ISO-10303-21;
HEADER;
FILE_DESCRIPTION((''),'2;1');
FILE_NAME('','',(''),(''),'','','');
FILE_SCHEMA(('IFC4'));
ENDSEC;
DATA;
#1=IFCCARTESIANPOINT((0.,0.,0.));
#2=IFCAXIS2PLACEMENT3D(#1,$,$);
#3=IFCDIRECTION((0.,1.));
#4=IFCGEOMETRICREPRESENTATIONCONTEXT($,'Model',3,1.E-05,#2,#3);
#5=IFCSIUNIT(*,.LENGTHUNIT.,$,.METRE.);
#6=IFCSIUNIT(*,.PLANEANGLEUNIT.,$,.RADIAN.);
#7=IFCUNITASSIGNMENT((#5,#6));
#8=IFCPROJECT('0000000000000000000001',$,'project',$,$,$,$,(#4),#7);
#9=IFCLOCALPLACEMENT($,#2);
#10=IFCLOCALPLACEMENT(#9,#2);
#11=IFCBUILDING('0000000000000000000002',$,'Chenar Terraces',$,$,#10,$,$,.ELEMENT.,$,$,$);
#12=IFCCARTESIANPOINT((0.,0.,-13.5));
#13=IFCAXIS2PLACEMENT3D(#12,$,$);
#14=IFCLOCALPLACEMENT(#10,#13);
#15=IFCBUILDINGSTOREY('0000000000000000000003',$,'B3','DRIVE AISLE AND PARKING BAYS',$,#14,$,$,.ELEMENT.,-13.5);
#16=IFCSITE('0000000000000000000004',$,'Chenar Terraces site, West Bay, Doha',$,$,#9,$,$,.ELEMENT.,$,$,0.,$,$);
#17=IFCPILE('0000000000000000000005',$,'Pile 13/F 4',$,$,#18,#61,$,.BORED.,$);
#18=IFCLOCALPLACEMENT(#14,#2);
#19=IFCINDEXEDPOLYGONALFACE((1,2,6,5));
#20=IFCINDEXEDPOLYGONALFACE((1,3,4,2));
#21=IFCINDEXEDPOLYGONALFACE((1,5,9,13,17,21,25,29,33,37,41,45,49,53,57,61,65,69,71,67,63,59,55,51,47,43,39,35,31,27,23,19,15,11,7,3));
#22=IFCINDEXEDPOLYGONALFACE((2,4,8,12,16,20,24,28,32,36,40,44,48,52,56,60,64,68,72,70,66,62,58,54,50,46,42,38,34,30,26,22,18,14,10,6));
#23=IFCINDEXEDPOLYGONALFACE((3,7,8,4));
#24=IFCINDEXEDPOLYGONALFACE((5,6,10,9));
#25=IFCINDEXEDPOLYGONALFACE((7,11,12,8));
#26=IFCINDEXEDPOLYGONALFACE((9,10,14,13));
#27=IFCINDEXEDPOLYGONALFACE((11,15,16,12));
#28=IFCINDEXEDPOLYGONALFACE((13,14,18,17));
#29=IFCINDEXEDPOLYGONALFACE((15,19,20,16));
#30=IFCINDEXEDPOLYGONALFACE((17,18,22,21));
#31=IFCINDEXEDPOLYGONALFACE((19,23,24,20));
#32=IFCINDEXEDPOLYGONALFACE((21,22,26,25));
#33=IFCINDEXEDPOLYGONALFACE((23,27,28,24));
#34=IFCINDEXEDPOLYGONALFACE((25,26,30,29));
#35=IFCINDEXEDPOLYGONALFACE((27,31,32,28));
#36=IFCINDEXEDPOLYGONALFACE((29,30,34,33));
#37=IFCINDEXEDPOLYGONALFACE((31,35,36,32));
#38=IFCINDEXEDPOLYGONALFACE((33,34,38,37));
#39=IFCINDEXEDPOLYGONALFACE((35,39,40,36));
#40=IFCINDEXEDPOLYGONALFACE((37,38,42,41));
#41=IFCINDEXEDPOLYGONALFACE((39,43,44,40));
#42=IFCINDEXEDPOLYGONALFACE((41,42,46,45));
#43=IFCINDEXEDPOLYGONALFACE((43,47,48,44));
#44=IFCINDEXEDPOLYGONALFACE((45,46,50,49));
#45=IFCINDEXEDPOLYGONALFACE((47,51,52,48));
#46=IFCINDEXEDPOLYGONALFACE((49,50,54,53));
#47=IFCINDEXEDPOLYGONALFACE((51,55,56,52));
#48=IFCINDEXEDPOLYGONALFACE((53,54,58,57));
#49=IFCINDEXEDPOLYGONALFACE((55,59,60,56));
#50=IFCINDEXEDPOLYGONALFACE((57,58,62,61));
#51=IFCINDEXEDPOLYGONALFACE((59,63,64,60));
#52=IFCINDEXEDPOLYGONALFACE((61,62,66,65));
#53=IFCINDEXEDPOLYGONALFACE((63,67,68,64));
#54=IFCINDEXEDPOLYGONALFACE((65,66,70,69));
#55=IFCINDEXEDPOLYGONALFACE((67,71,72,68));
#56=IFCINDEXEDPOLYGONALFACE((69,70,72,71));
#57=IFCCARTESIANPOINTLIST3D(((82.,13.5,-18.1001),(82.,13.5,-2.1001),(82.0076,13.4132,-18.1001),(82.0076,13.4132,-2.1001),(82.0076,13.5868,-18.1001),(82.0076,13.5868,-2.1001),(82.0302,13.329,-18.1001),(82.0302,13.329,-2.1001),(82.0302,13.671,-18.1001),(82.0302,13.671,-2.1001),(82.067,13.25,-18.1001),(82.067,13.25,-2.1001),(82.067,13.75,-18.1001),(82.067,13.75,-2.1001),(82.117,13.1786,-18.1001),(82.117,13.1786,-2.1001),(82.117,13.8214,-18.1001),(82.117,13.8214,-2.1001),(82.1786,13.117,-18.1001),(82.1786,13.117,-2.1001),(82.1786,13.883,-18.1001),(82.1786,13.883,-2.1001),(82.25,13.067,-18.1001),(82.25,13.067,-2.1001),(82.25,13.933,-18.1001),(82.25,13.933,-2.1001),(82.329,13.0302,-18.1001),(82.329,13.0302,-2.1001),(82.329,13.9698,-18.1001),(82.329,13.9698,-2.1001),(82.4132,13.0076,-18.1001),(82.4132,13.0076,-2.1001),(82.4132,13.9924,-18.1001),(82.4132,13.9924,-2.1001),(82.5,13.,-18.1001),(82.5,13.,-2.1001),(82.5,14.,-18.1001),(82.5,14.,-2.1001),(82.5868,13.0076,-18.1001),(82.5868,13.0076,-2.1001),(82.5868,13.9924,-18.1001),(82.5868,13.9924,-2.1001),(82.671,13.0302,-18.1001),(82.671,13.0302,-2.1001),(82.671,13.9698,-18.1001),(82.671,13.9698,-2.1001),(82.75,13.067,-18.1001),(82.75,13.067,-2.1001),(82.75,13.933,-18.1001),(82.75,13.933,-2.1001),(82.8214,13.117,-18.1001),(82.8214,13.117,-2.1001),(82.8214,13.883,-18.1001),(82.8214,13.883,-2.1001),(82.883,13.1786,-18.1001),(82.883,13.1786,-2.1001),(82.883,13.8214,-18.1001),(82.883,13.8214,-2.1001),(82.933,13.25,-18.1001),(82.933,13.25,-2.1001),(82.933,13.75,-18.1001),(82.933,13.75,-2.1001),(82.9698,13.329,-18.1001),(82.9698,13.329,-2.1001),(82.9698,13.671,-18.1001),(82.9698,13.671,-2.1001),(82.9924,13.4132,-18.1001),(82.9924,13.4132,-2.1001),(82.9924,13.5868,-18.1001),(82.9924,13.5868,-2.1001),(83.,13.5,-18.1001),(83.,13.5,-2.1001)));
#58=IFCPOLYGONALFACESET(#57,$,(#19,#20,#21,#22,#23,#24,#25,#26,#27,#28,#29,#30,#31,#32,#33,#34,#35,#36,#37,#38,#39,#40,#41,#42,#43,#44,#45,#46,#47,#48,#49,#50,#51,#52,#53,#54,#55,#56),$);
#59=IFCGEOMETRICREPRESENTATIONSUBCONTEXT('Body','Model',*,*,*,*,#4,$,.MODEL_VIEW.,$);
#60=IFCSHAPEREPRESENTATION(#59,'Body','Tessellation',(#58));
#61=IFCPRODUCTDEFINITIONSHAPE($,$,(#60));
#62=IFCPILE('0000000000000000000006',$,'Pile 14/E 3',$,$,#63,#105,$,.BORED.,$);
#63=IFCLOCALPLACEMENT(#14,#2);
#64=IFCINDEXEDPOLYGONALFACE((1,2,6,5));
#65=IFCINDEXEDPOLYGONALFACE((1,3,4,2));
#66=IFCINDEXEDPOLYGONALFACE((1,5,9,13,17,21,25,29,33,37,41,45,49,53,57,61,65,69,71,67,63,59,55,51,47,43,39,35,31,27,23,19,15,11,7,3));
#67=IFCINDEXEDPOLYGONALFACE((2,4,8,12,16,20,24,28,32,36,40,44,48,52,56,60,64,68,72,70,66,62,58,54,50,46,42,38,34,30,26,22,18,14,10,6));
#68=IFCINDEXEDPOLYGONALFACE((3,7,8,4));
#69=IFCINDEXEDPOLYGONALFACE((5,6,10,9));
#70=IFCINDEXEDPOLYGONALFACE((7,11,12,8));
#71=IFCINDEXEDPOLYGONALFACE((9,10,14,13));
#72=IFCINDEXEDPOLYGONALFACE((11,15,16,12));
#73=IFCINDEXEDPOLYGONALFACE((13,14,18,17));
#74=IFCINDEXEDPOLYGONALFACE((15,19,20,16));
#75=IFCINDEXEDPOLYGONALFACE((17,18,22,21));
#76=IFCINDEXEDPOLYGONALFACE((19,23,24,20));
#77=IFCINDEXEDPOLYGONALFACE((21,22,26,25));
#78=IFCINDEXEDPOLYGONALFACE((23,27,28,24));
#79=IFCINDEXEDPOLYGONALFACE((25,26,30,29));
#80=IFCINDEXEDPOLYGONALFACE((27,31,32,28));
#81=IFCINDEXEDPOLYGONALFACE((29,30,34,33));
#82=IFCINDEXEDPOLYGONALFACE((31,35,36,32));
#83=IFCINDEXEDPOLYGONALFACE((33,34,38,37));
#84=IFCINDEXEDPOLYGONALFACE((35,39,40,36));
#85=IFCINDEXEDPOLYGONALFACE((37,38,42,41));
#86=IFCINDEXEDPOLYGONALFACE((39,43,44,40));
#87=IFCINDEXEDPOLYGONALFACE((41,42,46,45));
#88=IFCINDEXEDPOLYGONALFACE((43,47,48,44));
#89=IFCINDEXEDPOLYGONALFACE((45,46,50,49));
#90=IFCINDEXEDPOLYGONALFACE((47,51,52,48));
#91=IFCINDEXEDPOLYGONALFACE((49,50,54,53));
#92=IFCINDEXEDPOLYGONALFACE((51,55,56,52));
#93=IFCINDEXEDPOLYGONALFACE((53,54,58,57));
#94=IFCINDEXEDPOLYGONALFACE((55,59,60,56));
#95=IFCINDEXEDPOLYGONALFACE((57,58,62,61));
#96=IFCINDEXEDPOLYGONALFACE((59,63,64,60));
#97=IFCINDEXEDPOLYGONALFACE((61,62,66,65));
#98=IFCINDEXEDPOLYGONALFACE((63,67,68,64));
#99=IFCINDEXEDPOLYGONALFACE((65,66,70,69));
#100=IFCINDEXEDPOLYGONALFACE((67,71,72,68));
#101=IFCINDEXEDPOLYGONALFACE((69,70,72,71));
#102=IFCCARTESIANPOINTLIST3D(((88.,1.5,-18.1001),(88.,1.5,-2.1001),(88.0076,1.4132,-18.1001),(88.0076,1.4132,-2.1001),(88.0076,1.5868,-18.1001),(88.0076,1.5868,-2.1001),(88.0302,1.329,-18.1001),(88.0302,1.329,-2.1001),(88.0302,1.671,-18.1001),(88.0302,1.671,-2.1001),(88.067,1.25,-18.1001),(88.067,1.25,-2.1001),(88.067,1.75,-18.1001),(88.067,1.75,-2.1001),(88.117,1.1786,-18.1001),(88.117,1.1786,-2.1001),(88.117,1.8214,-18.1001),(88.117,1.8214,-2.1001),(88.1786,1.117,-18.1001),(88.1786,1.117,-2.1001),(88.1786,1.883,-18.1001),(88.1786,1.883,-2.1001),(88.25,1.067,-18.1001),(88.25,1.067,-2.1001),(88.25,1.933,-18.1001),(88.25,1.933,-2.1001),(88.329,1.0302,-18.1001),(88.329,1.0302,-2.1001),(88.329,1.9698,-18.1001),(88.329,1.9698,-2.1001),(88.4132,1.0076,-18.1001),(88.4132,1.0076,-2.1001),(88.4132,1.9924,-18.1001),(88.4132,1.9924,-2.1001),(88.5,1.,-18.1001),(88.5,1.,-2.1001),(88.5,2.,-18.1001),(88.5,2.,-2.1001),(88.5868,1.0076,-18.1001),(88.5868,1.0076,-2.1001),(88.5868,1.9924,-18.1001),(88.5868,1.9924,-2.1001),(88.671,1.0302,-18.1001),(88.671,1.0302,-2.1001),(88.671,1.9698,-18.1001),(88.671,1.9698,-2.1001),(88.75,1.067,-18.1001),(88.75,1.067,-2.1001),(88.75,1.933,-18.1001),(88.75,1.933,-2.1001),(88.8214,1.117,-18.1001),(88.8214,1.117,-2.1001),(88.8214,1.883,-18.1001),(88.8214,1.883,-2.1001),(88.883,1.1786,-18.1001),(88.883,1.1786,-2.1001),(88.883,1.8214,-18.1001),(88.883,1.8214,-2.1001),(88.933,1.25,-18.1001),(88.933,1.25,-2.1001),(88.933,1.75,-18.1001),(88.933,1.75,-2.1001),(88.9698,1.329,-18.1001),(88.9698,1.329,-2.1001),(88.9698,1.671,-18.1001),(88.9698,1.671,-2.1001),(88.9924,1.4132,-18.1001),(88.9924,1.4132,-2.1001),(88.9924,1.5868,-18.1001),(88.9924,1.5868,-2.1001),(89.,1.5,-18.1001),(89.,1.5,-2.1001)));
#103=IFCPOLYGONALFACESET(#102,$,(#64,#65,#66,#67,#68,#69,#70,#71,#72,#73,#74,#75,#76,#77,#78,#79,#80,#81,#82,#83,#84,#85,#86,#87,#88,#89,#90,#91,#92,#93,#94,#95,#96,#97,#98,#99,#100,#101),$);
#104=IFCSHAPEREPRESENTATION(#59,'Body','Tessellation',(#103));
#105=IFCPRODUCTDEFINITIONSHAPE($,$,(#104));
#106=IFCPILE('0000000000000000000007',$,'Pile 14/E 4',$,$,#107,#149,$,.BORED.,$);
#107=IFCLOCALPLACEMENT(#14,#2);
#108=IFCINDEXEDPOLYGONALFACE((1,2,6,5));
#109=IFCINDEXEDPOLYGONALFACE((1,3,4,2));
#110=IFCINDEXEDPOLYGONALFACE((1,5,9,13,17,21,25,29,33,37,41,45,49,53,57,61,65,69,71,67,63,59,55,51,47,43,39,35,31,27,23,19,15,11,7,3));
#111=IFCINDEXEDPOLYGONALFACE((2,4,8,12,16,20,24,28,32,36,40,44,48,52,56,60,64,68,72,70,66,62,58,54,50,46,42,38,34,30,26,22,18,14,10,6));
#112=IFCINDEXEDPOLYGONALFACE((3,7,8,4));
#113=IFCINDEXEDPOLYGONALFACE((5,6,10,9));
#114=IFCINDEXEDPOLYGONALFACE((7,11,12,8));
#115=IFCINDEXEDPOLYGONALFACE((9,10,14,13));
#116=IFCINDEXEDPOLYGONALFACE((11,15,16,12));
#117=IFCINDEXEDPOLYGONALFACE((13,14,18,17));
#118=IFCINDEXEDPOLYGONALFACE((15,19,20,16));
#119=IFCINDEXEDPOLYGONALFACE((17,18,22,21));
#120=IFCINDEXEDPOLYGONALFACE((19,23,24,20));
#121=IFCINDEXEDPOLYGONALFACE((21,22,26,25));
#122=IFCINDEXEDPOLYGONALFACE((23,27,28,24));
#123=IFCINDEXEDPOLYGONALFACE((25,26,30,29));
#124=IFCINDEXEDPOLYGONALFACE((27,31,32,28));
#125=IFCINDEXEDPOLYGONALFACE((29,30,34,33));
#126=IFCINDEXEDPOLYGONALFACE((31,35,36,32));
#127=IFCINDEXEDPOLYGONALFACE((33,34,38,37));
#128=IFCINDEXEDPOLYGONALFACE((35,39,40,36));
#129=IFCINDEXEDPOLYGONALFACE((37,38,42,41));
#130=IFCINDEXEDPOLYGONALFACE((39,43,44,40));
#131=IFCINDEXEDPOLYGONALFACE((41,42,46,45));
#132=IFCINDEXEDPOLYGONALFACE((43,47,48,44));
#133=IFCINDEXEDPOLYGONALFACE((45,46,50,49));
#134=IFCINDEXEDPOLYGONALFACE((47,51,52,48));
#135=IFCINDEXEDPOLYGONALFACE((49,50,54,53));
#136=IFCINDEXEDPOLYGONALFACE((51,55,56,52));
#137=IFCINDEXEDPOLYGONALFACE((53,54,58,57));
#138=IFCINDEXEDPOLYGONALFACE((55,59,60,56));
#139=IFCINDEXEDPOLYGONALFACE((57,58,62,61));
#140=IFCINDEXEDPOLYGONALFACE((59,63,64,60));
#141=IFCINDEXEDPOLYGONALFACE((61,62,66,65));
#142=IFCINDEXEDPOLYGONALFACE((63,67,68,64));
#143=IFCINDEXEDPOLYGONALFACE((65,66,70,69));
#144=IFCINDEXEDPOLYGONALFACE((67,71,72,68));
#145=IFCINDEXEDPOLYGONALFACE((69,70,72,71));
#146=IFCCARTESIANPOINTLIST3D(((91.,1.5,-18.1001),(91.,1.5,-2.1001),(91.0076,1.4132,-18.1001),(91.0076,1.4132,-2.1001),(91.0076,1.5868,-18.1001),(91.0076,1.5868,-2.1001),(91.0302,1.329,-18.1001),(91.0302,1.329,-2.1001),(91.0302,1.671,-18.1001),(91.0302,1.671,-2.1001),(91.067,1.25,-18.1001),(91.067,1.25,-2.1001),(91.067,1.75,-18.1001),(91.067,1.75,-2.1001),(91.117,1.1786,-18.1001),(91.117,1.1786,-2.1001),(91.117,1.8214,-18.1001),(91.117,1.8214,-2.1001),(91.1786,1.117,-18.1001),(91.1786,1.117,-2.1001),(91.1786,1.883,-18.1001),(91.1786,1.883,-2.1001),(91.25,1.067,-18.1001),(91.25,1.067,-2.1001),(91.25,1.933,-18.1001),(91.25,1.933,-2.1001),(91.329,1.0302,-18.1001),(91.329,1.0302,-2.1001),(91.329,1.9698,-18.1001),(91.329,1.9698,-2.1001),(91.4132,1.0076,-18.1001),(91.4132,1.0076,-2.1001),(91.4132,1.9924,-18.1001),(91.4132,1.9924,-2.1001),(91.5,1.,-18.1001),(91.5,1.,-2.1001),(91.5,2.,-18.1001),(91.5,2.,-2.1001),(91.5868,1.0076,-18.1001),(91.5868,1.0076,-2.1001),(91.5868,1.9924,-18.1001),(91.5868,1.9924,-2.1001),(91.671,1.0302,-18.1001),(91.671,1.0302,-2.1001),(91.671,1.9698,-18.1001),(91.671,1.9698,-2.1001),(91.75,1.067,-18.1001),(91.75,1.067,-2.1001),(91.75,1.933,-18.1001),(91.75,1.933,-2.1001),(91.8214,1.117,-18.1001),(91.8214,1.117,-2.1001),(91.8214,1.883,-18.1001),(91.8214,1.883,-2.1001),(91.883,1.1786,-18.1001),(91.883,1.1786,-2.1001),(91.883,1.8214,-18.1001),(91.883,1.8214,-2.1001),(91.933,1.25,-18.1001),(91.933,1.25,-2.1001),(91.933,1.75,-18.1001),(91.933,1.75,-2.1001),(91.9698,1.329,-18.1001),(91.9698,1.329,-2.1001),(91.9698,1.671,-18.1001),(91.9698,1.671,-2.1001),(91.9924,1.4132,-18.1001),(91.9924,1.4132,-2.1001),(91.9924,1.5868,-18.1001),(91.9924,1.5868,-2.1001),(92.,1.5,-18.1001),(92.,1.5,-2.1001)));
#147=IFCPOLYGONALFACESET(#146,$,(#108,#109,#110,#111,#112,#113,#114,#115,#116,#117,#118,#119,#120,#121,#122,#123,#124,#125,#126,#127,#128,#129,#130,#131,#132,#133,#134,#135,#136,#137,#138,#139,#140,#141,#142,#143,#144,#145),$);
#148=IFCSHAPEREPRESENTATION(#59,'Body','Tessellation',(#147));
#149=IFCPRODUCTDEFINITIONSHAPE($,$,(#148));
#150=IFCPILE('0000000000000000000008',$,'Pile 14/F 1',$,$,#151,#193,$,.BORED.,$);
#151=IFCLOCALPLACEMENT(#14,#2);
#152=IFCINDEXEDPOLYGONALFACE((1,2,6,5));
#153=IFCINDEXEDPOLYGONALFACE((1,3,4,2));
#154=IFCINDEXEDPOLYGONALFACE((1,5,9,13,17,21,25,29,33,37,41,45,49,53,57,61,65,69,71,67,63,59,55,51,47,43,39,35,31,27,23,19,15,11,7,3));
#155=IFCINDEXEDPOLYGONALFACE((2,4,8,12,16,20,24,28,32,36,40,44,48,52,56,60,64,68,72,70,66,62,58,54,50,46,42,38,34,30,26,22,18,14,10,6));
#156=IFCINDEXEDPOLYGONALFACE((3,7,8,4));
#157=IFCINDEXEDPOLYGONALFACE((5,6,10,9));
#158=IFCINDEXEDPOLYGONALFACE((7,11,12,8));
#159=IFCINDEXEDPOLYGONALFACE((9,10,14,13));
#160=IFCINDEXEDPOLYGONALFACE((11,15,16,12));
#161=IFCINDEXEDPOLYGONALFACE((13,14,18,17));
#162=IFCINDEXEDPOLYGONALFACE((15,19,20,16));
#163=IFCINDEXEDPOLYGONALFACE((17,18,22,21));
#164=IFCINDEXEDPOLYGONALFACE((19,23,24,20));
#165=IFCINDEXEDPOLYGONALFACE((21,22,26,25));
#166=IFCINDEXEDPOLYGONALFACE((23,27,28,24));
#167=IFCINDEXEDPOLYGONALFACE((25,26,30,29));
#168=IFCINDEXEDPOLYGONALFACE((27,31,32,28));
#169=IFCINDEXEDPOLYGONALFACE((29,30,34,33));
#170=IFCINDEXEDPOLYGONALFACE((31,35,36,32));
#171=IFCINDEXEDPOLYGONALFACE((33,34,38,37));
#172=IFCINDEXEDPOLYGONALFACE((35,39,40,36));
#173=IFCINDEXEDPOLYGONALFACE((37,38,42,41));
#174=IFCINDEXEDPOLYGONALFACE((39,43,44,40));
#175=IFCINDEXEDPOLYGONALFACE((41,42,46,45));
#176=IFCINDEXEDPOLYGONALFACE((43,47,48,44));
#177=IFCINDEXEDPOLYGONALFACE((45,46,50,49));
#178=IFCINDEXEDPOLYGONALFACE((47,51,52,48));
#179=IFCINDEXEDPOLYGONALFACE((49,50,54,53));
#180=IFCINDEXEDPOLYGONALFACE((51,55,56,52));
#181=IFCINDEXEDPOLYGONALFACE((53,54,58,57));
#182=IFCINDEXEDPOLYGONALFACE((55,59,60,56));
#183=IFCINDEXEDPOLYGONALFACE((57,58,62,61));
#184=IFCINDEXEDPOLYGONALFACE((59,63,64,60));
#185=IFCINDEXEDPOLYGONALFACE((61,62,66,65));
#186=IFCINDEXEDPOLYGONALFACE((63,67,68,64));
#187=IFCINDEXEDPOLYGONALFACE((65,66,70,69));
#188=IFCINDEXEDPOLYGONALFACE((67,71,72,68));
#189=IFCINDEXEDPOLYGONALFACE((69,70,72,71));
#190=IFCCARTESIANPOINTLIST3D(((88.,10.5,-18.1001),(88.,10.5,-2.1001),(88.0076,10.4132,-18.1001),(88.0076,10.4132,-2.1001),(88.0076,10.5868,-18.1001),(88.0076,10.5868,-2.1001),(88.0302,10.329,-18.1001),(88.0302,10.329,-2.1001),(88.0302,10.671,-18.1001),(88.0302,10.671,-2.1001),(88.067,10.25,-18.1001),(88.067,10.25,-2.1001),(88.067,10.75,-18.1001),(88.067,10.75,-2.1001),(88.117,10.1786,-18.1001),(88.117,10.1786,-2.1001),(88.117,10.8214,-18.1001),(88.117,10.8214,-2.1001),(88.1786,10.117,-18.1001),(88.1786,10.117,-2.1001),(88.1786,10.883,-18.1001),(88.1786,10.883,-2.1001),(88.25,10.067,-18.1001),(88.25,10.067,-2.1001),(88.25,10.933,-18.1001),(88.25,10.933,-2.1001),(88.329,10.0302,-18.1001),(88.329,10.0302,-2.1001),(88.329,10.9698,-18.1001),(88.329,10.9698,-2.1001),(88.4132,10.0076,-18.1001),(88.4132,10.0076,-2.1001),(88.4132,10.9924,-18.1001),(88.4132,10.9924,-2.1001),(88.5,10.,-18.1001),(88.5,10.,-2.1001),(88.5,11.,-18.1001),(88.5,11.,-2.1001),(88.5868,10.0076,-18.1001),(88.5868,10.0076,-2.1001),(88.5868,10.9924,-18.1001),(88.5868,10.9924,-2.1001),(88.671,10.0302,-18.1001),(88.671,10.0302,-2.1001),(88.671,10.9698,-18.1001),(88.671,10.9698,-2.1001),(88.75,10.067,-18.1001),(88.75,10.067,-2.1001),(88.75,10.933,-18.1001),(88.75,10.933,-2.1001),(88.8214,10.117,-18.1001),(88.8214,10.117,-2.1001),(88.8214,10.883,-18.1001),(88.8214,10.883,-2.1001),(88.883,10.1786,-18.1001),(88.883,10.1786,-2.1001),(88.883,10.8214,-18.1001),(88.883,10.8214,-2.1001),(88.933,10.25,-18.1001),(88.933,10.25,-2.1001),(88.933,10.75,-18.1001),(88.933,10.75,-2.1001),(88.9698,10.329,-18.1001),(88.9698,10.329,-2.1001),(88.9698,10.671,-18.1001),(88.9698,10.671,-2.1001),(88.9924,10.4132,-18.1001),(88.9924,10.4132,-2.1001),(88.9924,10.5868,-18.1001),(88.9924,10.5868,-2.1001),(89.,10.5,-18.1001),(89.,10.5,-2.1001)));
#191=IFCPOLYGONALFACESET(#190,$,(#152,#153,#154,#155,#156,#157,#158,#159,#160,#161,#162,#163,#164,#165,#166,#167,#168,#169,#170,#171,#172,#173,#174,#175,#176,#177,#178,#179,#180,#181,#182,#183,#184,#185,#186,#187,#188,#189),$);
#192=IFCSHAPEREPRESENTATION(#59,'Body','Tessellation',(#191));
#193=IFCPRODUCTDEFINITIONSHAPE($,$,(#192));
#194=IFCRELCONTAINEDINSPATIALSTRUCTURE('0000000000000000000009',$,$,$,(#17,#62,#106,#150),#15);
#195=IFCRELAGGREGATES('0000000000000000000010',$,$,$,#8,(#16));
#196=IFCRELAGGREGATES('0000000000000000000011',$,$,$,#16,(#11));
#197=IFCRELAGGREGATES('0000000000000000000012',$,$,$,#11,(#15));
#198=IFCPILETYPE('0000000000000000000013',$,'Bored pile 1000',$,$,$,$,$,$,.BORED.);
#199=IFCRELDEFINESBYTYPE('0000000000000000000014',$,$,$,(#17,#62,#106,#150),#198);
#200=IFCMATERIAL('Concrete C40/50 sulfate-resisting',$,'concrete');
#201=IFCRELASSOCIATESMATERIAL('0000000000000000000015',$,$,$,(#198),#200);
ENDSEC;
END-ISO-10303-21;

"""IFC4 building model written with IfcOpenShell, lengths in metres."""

from ifc_helpers import new_model, si_unit, direction, frame, origin, origin_2d, place, context, subcontext, project, spatial, circle, extrude, material, material_profile, profile_set, type_object, element, save


model = new_model("IFC4")

# Units and contexts
model_context = context("Model", 3, precision=1e-05, world=origin(), true_north=direction((0.0, 1.0)))
body_context = subcontext(model_context, "Body", "Model", "MODEL_VIEW")
ifc_project = project(units=[si_unit("LENGTHUNIT", "METRE"), si_unit("PLANEANGLEUNIT", "RADIAN")], contexts=[model_context])

# Site, building, storey
site_placement = place(None, origin())
site = spatial("IfcSite", under=ifc_project, at=site_placement, Name="Chenar Terraces site, West Bay, Doha", CompositionType="ELEMENT", RefElevation=0.0)
building_placement = place(site_placement, origin())
building = spatial("IfcBuilding", under=site, at=building_placement, Name="Chenar Terraces", CompositionType="ELEMENT")
storey_placement = place(building_placement, frame((0.0, 0.0, -13.5)))
storey = spatial("IfcBuildingStorey", under=building, at=storey_placement, Name="B3", Description="DRIVE AISLE AND PARKING BAYS", CompositionType="ELEMENT", Elevation=-13.5)

# Piles
ifc_material_1 = material(Name="Concrete C40/50 sulfate-resisting", Category="concrete")
ifc_material_profile_1 = material_profile(ifc_material_1, circle(Radius=0.5, at=origin_2d()), Name="BP 1000")
ifc_profile_set_1 = profile_set([ifc_material_profile_1], Name="Concrete C40/50 sulfate-resisting")
pile_type_1 = type_object("IfcPileType", Name="Bored pile 1000", PredefinedType="BORED", material=ifc_profile_set_1)
for number, where, z_axis, x_axis, name in (
    (1, (82.5, 13.5, -2.1001), (0.0, 0.0, -1.0), (1.0, 0.0, 0.0), "Pile 13/F 4"),
    (2, (88.5, 1.5, -2.1001), (0.0, 0.0, -1.0), (1.0, 0.0, 0.0), "Pile 14/E 3"),
    (3, (91.5, 1.5, -2.1001), (0.0, 0.0, -1.0), (1.0, 0.0, 0.0), "Pile 14/E 4"),
    (4, (88.5, 10.5, -2.1001), (0.0, 0.0, -1.0), (1.0, 0.0, 0.0), "Pile 14/F 1"),
):
    element("IfcPile", number, at=place(storey_placement, frame(where, z_axis=z_axis, x_axis=x_axis)), inside=storey, type_object=pile_type_1, Name=name, PredefinedType="BORED", context=body_context, shape_type="SweptSolid", body=[
        extrude(circle(Radius=0.5, at=origin_2d()), origin(), (0.0, 0.0, 1.0), 16.0),
    ])

save(model, "model.ifc")
